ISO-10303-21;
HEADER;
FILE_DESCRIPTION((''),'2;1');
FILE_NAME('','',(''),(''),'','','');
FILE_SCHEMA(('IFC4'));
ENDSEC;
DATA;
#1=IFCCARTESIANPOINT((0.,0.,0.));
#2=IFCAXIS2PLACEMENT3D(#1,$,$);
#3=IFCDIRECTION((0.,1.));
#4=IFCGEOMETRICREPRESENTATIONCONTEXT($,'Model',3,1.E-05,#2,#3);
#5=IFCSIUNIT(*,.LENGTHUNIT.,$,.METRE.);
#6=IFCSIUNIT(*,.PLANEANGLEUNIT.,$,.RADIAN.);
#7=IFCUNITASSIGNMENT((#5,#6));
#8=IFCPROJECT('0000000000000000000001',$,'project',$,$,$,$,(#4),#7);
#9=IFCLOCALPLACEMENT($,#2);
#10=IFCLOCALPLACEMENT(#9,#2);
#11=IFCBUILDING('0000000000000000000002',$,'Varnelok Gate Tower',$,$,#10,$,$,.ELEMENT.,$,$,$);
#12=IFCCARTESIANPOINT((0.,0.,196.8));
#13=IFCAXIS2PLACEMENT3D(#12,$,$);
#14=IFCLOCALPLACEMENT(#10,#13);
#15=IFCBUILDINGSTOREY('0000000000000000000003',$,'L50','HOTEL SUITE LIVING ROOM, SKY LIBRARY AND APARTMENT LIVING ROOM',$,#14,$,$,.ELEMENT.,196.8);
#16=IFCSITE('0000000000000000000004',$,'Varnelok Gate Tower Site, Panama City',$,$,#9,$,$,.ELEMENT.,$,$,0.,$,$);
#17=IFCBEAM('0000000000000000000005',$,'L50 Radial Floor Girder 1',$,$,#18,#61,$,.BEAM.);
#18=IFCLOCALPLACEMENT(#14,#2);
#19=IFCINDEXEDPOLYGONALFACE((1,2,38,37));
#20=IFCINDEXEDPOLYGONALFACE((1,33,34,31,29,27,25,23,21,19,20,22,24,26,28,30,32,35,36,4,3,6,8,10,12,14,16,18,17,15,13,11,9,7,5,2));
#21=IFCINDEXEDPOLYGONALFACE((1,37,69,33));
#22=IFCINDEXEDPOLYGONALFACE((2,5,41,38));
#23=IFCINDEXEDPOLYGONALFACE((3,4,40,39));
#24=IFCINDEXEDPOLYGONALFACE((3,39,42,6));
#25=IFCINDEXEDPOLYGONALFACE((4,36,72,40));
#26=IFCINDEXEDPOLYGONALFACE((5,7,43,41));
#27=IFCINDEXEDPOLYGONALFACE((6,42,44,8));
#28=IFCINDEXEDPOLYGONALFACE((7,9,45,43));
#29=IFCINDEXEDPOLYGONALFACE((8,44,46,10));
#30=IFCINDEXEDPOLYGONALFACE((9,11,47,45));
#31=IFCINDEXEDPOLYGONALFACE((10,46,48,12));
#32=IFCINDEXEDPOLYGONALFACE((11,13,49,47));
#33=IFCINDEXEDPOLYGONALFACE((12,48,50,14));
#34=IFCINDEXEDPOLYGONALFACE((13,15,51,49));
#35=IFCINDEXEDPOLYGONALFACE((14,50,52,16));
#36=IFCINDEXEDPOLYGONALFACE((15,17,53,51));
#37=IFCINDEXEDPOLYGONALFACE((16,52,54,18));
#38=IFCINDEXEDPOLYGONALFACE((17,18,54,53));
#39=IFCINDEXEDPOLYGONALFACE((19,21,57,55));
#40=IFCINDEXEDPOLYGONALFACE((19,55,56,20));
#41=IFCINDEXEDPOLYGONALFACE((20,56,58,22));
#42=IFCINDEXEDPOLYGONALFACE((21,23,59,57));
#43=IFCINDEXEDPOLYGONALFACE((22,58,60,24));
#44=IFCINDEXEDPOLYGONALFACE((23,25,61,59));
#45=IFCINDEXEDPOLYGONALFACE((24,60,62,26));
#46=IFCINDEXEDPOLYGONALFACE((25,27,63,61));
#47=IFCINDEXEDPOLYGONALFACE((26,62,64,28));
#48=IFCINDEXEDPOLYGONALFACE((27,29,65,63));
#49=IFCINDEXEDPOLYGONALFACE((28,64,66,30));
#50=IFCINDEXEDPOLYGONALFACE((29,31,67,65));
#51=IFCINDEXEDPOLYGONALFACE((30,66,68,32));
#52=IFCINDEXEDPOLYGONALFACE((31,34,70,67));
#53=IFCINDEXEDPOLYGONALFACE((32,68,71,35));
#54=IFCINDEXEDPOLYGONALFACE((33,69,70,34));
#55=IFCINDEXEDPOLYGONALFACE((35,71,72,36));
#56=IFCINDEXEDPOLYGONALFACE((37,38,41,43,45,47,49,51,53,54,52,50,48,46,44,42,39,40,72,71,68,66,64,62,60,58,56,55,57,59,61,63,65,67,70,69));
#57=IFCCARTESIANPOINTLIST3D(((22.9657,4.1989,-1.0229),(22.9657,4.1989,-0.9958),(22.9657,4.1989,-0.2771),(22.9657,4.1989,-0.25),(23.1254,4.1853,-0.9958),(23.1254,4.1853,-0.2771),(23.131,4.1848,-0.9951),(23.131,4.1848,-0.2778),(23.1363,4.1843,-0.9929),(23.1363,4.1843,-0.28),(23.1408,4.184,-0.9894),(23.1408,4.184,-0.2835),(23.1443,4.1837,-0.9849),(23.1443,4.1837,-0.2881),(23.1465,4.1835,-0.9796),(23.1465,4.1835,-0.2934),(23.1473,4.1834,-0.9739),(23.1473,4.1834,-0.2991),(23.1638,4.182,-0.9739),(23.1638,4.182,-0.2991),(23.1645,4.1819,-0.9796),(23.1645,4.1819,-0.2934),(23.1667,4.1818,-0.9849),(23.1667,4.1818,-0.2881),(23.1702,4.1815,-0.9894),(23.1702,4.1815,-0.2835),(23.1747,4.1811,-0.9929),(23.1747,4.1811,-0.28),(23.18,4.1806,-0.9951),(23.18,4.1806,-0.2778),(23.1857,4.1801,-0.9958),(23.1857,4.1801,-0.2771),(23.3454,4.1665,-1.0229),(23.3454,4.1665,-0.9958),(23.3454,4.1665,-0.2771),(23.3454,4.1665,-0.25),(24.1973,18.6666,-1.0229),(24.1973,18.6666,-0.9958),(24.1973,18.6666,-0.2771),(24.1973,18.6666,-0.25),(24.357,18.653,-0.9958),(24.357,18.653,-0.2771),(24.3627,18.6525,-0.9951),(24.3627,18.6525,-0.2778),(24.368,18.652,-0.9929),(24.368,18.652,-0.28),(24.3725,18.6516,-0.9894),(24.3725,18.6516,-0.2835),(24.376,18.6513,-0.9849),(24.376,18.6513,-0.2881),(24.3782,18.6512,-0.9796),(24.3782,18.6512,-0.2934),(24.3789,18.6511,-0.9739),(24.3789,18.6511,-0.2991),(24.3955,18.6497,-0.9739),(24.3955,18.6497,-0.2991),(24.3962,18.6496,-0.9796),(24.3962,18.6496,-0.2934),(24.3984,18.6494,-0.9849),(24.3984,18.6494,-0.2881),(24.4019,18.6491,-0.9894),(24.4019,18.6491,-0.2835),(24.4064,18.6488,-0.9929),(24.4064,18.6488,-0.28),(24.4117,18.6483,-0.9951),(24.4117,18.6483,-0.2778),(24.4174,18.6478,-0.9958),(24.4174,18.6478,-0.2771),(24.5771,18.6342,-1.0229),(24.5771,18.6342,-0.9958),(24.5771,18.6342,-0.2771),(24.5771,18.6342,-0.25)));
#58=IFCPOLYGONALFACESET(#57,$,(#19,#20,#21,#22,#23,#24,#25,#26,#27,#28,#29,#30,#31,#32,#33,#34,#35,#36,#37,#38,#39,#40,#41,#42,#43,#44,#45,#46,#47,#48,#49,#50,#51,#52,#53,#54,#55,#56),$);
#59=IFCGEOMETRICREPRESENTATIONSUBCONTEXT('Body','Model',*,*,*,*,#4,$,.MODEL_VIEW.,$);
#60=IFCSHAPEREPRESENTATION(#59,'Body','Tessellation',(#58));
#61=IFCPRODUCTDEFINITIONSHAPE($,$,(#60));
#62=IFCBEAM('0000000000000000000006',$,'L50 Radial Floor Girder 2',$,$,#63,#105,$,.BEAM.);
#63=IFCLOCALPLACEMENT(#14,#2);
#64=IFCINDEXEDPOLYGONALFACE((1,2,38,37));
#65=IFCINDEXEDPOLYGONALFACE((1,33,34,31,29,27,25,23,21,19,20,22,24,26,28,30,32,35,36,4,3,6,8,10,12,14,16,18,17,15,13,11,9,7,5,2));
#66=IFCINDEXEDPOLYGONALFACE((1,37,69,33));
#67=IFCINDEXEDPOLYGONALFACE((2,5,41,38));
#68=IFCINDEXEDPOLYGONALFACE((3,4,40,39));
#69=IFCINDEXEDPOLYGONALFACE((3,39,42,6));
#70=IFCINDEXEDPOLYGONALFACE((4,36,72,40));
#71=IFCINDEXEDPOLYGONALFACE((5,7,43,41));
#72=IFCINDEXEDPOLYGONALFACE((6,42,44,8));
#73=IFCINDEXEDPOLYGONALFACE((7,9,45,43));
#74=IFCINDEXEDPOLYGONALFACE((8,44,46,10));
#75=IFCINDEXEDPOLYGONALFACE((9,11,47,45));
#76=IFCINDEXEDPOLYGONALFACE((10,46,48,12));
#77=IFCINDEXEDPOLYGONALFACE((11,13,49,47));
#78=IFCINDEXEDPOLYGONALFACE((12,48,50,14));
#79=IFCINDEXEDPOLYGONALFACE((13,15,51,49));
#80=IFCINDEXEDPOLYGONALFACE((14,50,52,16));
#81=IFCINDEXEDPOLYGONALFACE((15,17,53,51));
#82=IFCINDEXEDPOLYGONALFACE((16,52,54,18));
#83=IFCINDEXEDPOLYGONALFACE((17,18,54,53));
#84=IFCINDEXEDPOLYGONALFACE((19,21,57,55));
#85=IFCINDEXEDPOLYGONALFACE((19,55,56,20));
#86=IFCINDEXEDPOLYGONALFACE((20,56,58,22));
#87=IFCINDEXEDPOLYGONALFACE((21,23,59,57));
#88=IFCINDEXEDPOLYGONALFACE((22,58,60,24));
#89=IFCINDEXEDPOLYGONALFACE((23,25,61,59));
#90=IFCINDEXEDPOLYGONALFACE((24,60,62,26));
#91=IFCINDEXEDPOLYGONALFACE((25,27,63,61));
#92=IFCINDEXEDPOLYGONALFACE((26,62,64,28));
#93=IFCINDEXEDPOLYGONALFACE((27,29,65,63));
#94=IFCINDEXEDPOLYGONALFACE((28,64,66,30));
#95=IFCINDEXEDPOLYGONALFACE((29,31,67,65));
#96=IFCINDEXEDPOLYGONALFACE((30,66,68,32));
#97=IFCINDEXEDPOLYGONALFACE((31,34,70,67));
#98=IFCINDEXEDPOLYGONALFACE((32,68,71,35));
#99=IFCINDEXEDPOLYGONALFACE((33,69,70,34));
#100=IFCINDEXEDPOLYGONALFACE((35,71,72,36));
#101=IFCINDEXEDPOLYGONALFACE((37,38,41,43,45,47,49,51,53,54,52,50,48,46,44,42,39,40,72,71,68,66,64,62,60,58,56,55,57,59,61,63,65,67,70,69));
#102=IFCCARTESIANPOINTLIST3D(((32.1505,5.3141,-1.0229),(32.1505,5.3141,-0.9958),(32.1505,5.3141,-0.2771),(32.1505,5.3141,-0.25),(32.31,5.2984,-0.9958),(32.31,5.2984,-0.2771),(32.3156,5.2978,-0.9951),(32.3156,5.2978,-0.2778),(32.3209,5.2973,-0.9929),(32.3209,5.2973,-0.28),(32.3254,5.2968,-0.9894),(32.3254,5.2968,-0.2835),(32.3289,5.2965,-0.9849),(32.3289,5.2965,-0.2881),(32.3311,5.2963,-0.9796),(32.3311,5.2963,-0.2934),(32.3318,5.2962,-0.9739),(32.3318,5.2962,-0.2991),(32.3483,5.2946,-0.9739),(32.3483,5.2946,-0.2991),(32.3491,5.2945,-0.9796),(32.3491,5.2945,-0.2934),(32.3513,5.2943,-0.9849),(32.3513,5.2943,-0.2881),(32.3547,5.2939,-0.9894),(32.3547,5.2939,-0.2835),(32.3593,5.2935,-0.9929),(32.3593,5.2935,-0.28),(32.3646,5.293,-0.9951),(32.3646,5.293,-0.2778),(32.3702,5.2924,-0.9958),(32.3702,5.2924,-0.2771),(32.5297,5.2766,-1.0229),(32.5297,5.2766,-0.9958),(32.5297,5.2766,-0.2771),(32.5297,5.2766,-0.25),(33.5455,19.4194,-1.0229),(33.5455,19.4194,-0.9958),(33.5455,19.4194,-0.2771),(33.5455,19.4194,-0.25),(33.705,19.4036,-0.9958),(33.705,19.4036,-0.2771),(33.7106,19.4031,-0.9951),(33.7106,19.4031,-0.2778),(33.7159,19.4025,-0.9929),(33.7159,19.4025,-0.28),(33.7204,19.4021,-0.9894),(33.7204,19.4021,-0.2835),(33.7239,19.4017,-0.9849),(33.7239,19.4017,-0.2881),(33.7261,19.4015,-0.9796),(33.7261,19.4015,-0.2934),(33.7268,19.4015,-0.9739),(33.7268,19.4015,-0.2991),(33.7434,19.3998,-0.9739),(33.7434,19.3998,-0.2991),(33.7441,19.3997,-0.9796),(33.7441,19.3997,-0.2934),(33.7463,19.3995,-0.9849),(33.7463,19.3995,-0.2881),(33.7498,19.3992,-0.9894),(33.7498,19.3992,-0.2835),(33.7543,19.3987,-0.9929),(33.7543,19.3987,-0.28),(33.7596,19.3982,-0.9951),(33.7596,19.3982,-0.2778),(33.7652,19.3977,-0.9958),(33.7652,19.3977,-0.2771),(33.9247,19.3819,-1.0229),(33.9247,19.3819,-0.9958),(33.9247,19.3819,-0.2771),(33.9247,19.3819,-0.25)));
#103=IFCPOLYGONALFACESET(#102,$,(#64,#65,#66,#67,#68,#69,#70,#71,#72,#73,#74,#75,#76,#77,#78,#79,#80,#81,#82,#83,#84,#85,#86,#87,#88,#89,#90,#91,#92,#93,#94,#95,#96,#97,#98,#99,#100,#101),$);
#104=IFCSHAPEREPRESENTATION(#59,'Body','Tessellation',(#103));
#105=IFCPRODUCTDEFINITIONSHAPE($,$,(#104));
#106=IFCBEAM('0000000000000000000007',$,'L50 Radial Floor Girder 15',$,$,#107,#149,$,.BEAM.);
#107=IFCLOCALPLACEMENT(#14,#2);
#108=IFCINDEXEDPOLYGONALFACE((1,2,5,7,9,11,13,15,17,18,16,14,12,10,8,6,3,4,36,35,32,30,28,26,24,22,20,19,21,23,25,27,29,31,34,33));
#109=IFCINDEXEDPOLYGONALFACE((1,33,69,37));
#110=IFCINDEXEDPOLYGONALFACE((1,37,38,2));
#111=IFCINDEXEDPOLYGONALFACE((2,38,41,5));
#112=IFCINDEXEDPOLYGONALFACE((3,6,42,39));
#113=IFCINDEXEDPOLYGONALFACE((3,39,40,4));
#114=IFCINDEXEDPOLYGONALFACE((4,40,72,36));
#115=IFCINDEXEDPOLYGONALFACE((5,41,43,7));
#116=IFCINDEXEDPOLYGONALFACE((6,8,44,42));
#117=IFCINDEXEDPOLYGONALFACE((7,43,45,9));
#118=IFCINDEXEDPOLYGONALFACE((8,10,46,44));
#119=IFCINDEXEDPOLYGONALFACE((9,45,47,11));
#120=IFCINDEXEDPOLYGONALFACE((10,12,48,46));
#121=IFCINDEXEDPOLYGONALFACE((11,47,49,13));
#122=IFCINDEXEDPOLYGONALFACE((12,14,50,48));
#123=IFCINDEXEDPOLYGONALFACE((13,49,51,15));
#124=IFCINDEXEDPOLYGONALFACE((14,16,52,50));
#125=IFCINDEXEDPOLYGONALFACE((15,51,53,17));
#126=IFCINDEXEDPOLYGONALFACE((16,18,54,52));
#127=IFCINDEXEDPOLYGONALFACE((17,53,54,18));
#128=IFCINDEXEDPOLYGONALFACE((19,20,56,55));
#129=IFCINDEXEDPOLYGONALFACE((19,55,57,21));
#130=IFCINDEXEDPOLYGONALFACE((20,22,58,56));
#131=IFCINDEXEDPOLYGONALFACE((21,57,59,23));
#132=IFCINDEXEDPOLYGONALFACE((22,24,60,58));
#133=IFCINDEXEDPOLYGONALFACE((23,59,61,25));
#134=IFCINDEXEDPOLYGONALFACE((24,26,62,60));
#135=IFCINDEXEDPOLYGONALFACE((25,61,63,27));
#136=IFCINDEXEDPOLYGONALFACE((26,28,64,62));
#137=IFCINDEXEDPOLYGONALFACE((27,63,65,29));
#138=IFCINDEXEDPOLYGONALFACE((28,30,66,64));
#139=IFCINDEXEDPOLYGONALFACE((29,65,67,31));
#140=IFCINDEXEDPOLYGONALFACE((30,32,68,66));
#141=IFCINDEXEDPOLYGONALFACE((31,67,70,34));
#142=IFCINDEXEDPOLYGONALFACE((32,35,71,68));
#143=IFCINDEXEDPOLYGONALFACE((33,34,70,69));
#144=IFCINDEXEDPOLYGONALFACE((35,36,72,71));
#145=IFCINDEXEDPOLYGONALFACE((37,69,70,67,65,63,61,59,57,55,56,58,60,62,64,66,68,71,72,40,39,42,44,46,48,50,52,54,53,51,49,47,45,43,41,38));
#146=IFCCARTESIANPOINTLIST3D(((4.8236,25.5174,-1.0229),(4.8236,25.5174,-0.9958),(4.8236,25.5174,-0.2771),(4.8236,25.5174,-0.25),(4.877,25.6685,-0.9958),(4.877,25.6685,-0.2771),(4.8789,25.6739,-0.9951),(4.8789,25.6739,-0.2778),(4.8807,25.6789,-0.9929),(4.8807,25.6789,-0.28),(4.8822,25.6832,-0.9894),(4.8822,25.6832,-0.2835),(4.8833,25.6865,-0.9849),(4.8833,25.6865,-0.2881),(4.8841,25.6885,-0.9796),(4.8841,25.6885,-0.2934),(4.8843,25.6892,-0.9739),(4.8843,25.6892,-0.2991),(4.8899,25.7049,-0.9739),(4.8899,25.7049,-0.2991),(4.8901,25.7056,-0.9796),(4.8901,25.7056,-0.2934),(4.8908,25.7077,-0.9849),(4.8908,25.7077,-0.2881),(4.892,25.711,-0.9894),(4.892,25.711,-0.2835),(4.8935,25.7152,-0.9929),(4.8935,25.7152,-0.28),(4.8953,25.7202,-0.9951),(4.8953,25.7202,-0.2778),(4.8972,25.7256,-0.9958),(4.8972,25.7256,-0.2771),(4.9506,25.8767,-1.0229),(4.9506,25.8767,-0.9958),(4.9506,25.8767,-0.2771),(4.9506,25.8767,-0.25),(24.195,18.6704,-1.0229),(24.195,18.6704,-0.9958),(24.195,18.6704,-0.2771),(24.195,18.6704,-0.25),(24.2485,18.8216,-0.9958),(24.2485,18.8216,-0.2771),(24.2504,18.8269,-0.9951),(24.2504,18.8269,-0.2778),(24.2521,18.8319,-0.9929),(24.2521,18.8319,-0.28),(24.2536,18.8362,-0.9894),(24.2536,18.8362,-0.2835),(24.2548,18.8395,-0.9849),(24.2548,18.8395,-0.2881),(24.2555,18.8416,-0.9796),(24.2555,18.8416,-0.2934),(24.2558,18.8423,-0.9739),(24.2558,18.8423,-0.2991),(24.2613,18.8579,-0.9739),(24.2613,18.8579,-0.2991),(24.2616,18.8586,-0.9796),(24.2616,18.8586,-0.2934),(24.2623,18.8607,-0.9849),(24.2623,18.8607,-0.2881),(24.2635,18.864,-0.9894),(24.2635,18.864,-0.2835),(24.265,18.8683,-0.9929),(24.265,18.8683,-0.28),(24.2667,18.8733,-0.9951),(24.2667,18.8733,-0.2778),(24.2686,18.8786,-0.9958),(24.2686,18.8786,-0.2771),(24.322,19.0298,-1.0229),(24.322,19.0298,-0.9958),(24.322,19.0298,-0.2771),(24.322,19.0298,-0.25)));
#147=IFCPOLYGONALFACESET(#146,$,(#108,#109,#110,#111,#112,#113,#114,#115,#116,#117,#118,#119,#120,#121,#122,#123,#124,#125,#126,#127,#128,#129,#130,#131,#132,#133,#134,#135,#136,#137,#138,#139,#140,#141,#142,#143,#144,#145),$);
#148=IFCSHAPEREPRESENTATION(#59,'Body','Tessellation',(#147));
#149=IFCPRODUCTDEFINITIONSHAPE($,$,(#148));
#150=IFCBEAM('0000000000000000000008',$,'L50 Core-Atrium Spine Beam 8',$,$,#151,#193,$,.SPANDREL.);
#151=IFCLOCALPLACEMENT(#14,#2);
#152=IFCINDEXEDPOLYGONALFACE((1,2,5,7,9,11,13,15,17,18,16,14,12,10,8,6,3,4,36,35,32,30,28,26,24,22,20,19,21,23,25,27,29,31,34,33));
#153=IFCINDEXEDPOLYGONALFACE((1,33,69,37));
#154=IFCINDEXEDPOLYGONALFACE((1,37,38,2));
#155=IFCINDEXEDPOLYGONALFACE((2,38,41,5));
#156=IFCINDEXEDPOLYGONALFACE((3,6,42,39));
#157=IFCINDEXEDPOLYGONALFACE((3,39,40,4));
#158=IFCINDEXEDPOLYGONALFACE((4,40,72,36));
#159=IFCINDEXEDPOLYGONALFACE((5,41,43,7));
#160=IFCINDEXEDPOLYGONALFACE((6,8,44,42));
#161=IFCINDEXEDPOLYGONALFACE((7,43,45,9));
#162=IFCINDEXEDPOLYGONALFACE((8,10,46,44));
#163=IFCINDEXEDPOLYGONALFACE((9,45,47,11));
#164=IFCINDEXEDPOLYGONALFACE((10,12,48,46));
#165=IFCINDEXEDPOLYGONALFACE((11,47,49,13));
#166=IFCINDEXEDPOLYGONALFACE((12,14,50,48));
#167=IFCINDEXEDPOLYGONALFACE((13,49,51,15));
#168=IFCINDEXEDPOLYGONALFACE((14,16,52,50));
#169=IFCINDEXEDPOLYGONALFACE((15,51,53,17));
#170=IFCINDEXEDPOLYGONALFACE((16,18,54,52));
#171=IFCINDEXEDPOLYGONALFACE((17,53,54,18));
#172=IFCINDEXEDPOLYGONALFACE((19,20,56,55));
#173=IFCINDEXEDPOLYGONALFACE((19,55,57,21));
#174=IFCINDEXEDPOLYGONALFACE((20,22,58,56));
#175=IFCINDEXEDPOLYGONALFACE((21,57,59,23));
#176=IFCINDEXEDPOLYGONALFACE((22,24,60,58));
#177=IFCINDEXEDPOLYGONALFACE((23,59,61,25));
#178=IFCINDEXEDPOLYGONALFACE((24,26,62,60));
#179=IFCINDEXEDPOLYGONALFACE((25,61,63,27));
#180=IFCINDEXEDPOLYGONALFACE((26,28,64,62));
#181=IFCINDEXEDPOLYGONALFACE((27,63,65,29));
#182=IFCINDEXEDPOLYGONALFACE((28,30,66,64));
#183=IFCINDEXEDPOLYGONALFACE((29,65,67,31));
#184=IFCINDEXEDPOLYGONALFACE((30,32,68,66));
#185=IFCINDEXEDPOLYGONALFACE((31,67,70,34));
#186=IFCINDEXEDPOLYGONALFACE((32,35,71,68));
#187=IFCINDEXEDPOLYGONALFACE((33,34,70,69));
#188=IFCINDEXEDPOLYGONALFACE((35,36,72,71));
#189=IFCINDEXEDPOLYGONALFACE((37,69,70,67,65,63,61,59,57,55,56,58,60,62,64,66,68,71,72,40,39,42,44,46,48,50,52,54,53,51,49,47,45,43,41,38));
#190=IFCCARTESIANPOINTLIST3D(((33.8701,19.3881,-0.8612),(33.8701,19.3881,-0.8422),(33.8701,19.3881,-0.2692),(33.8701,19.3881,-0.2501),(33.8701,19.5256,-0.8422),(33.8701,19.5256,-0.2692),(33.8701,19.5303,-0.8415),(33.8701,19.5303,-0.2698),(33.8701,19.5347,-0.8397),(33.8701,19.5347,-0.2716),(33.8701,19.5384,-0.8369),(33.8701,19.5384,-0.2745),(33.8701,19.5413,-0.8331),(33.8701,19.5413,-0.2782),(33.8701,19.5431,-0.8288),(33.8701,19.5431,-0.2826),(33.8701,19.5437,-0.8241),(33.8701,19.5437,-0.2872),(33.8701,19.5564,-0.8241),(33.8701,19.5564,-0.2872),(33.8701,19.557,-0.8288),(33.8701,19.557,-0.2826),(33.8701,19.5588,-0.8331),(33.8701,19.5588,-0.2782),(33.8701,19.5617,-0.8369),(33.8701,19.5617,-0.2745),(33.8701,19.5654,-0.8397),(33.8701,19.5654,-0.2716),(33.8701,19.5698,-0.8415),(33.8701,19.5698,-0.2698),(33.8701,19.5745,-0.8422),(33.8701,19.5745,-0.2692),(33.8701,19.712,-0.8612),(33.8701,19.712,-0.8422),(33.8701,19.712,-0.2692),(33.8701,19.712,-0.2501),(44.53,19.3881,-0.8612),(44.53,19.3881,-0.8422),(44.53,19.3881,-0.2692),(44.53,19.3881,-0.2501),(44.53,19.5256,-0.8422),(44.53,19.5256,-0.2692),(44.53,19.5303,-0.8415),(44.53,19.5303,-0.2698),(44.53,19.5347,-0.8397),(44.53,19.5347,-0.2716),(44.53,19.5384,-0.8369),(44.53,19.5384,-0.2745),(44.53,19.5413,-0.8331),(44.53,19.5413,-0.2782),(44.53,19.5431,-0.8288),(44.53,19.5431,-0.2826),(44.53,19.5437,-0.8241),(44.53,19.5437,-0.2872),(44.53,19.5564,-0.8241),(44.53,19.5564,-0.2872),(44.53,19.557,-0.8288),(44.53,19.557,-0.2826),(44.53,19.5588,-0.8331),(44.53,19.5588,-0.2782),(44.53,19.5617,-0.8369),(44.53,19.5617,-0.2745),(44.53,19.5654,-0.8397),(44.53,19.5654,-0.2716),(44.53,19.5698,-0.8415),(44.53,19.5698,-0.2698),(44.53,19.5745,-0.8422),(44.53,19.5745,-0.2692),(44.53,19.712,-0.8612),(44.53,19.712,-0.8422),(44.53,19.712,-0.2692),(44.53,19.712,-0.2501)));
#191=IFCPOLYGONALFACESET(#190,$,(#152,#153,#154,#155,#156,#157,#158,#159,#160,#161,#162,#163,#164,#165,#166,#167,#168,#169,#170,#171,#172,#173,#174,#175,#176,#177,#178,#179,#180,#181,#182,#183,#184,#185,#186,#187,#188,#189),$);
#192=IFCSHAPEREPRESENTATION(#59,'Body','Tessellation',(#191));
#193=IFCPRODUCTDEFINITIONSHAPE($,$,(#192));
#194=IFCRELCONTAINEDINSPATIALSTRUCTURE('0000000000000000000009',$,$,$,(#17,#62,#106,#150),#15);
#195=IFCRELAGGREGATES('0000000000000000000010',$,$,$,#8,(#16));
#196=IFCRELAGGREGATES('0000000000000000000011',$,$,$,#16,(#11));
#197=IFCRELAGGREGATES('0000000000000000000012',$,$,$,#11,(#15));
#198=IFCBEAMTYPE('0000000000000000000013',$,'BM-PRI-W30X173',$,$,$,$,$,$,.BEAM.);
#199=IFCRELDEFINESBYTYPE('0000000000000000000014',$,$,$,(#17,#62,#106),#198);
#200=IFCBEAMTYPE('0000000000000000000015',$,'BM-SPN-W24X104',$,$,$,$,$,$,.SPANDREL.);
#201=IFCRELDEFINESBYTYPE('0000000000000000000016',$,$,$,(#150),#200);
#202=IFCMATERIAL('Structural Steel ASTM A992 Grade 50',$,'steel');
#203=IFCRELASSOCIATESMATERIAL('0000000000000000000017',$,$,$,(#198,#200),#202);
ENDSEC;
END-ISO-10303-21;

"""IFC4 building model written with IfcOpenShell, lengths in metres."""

from ifc_helpers import new_model, si_unit, direction, frame, origin, origin_2d, place, context, subcontext, project, spatial, i_section, extrude, material, material_profile, profile_set, type_object, element, save


model = new_model("IFC4")

# Units and contexts
model_context = context("Model", 3, precision=1e-05, world=origin(), true_north=direction((0.0, 1.0)))
body_context = subcontext(model_context, "Body", "Model", "MODEL_VIEW")
ifc_project = project(units=[si_unit("LENGTHUNIT", "METRE"), si_unit("PLANEANGLEUNIT", "RADIAN")], contexts=[model_context])

# Site, building, storey
site_placement = place(None, origin())
site = spatial("IfcSite", under=ifc_project, at=site_placement, Name="Varnelok Gate Tower Site, Panama City", CompositionType="ELEMENT", RefElevation=0.0)
building_placement = place(site_placement, origin())
building = spatial("IfcBuilding", under=site, at=building_placement, Name="Varnelok Gate Tower", CompositionType="ELEMENT")
storey_placement = place(building_placement, frame((0.0, 0.0, 196.8)))
storey = spatial("IfcBuildingStorey", under=building, at=storey_placement, Name="L50", Description="HOTEL SUITE LIVING ROOM, SKY LIBRARY AND APARTMENT LIVING ROOM", CompositionType="ELEMENT", Elevation=196.8)

# Shared definitions
ifc_material_1 = material(Name="Structural Steel ASTM A992 Grade 50", Category="steel")

# Beams
ifc_material_profile_1 = material_profile(ifc_material_1, i_section(OverallWidth=0.3811, OverallDepth=0.7729, WebThickness=0.0166, FlangeThickness=0.0271, FilletRadius=0.022, at=origin_2d()), Name="W30X173")
ifc_profile_set_1 = profile_set([ifc_material_profile_1], Name="Structural Steel ASTM A992 Grade 50")
beam_type_1 = type_object("IfcBeamType", Name="BM-PRI-W30X173", PredefinedType="BEAM", material=ifc_profile_set_1)
beam_1_placement = place(storey_placement, frame((24.3872, 18.6504, -0.6365), z_axis=(-0.084826, -0.996396, 0.0), x_axis=(0.996396, -0.084826, 0.0)))
element("IfcBeam", 1, at=beam_1_placement, inside=storey, type_object=beam_type_1, Name="L50 Radial Floor Girder 1", PredefinedType="BEAM", context=body_context, shape_type="SweptSolid", body=[
    extrude(i_section(OverallWidth=0.3811, OverallDepth=0.7729, WebThickness=0.0166, FlangeThickness=0.0271, FilletRadius=0.022, at=origin_2d()), origin(), (0.0, 0.0, 1.0), 14.52),
])
beam_2_placement = place(storey_placement, frame((33.7351, 19.4006, -0.6365), z_axis=(-0.098421, -0.995145, 0.0), x_axis=(0.995145, -0.098421, 0.0)))
element("IfcBeam", 2, at=beam_2_placement, inside=storey, type_object=beam_type_1, Name="L50 Radial Floor Girder 2", PredefinedType="BEAM", context=body_context, shape_type="SweptSolid", body=[
    extrude(i_section(OverallWidth=0.3811, OverallDepth=0.7729, WebThickness=0.0166, FlangeThickness=0.0271, FilletRadius=0.022, at=origin_2d()), origin(), (0.0, 0.0, 1.0), 14.1741),
])
beam_3_placement = place(storey_placement, frame((24.2585, 18.8501, -0.6365), z_axis=(-0.942838, 0.333252, 0.0), x_axis=(-0.333252, -0.942838, 0.0)))
element("IfcBeam", 3, at=beam_3_placement, inside=storey, type_object=beam_type_1, Name="L50 Radial Floor Girder 15", PredefinedType="BEAM", context=body_context, shape_type="SweptSolid", body=[
    extrude(i_section(OverallWidth=0.3811, OverallDepth=0.7729, WebThickness=0.0166, FlangeThickness=0.0271, FilletRadius=0.022, at=origin_2d()), origin(), (0.0, 0.0, 1.0), 20.5459),
])
ifc_material_profile_2 = material_profile(ifc_material_1, i_section(OverallWidth=0.324, OverallDepth=0.6111, WebThickness=0.0127, FlangeThickness=0.019, FilletRadius=0.0181, at=origin_2d()), Name="W24X104")
ifc_profile_set_2 = profile_set([ifc_material_profile_2], Name="Structural Steel ASTM A992 Grade 50")
beam_type_2 = type_object("IfcBeamType", Name="BM-SPN-W24X104", PredefinedType="SPANDREL", material=ifc_profile_set_2)
beam_4_placement = place(storey_placement, frame((33.8701, 19.55, -0.5557), z_axis=(1.0, 0.0, 0.0), x_axis=(0.0, 1.0, 0.0)))
element("IfcBeam", 4, at=beam_4_placement, inside=storey, type_object=beam_type_2, Name="L50 Core-Atrium Spine Beam 8", PredefinedType="SPANDREL", context=body_context, shape_type="SweptSolid", body=[
    extrude(i_section(OverallWidth=0.324, OverallDepth=0.6111, WebThickness=0.0127, FlangeThickness=0.019, FilletRadius=0.0181, at=origin_2d()), origin(), (0.0, 0.0, 1.0), 10.6599),
])

save(model, "model.ifc")
